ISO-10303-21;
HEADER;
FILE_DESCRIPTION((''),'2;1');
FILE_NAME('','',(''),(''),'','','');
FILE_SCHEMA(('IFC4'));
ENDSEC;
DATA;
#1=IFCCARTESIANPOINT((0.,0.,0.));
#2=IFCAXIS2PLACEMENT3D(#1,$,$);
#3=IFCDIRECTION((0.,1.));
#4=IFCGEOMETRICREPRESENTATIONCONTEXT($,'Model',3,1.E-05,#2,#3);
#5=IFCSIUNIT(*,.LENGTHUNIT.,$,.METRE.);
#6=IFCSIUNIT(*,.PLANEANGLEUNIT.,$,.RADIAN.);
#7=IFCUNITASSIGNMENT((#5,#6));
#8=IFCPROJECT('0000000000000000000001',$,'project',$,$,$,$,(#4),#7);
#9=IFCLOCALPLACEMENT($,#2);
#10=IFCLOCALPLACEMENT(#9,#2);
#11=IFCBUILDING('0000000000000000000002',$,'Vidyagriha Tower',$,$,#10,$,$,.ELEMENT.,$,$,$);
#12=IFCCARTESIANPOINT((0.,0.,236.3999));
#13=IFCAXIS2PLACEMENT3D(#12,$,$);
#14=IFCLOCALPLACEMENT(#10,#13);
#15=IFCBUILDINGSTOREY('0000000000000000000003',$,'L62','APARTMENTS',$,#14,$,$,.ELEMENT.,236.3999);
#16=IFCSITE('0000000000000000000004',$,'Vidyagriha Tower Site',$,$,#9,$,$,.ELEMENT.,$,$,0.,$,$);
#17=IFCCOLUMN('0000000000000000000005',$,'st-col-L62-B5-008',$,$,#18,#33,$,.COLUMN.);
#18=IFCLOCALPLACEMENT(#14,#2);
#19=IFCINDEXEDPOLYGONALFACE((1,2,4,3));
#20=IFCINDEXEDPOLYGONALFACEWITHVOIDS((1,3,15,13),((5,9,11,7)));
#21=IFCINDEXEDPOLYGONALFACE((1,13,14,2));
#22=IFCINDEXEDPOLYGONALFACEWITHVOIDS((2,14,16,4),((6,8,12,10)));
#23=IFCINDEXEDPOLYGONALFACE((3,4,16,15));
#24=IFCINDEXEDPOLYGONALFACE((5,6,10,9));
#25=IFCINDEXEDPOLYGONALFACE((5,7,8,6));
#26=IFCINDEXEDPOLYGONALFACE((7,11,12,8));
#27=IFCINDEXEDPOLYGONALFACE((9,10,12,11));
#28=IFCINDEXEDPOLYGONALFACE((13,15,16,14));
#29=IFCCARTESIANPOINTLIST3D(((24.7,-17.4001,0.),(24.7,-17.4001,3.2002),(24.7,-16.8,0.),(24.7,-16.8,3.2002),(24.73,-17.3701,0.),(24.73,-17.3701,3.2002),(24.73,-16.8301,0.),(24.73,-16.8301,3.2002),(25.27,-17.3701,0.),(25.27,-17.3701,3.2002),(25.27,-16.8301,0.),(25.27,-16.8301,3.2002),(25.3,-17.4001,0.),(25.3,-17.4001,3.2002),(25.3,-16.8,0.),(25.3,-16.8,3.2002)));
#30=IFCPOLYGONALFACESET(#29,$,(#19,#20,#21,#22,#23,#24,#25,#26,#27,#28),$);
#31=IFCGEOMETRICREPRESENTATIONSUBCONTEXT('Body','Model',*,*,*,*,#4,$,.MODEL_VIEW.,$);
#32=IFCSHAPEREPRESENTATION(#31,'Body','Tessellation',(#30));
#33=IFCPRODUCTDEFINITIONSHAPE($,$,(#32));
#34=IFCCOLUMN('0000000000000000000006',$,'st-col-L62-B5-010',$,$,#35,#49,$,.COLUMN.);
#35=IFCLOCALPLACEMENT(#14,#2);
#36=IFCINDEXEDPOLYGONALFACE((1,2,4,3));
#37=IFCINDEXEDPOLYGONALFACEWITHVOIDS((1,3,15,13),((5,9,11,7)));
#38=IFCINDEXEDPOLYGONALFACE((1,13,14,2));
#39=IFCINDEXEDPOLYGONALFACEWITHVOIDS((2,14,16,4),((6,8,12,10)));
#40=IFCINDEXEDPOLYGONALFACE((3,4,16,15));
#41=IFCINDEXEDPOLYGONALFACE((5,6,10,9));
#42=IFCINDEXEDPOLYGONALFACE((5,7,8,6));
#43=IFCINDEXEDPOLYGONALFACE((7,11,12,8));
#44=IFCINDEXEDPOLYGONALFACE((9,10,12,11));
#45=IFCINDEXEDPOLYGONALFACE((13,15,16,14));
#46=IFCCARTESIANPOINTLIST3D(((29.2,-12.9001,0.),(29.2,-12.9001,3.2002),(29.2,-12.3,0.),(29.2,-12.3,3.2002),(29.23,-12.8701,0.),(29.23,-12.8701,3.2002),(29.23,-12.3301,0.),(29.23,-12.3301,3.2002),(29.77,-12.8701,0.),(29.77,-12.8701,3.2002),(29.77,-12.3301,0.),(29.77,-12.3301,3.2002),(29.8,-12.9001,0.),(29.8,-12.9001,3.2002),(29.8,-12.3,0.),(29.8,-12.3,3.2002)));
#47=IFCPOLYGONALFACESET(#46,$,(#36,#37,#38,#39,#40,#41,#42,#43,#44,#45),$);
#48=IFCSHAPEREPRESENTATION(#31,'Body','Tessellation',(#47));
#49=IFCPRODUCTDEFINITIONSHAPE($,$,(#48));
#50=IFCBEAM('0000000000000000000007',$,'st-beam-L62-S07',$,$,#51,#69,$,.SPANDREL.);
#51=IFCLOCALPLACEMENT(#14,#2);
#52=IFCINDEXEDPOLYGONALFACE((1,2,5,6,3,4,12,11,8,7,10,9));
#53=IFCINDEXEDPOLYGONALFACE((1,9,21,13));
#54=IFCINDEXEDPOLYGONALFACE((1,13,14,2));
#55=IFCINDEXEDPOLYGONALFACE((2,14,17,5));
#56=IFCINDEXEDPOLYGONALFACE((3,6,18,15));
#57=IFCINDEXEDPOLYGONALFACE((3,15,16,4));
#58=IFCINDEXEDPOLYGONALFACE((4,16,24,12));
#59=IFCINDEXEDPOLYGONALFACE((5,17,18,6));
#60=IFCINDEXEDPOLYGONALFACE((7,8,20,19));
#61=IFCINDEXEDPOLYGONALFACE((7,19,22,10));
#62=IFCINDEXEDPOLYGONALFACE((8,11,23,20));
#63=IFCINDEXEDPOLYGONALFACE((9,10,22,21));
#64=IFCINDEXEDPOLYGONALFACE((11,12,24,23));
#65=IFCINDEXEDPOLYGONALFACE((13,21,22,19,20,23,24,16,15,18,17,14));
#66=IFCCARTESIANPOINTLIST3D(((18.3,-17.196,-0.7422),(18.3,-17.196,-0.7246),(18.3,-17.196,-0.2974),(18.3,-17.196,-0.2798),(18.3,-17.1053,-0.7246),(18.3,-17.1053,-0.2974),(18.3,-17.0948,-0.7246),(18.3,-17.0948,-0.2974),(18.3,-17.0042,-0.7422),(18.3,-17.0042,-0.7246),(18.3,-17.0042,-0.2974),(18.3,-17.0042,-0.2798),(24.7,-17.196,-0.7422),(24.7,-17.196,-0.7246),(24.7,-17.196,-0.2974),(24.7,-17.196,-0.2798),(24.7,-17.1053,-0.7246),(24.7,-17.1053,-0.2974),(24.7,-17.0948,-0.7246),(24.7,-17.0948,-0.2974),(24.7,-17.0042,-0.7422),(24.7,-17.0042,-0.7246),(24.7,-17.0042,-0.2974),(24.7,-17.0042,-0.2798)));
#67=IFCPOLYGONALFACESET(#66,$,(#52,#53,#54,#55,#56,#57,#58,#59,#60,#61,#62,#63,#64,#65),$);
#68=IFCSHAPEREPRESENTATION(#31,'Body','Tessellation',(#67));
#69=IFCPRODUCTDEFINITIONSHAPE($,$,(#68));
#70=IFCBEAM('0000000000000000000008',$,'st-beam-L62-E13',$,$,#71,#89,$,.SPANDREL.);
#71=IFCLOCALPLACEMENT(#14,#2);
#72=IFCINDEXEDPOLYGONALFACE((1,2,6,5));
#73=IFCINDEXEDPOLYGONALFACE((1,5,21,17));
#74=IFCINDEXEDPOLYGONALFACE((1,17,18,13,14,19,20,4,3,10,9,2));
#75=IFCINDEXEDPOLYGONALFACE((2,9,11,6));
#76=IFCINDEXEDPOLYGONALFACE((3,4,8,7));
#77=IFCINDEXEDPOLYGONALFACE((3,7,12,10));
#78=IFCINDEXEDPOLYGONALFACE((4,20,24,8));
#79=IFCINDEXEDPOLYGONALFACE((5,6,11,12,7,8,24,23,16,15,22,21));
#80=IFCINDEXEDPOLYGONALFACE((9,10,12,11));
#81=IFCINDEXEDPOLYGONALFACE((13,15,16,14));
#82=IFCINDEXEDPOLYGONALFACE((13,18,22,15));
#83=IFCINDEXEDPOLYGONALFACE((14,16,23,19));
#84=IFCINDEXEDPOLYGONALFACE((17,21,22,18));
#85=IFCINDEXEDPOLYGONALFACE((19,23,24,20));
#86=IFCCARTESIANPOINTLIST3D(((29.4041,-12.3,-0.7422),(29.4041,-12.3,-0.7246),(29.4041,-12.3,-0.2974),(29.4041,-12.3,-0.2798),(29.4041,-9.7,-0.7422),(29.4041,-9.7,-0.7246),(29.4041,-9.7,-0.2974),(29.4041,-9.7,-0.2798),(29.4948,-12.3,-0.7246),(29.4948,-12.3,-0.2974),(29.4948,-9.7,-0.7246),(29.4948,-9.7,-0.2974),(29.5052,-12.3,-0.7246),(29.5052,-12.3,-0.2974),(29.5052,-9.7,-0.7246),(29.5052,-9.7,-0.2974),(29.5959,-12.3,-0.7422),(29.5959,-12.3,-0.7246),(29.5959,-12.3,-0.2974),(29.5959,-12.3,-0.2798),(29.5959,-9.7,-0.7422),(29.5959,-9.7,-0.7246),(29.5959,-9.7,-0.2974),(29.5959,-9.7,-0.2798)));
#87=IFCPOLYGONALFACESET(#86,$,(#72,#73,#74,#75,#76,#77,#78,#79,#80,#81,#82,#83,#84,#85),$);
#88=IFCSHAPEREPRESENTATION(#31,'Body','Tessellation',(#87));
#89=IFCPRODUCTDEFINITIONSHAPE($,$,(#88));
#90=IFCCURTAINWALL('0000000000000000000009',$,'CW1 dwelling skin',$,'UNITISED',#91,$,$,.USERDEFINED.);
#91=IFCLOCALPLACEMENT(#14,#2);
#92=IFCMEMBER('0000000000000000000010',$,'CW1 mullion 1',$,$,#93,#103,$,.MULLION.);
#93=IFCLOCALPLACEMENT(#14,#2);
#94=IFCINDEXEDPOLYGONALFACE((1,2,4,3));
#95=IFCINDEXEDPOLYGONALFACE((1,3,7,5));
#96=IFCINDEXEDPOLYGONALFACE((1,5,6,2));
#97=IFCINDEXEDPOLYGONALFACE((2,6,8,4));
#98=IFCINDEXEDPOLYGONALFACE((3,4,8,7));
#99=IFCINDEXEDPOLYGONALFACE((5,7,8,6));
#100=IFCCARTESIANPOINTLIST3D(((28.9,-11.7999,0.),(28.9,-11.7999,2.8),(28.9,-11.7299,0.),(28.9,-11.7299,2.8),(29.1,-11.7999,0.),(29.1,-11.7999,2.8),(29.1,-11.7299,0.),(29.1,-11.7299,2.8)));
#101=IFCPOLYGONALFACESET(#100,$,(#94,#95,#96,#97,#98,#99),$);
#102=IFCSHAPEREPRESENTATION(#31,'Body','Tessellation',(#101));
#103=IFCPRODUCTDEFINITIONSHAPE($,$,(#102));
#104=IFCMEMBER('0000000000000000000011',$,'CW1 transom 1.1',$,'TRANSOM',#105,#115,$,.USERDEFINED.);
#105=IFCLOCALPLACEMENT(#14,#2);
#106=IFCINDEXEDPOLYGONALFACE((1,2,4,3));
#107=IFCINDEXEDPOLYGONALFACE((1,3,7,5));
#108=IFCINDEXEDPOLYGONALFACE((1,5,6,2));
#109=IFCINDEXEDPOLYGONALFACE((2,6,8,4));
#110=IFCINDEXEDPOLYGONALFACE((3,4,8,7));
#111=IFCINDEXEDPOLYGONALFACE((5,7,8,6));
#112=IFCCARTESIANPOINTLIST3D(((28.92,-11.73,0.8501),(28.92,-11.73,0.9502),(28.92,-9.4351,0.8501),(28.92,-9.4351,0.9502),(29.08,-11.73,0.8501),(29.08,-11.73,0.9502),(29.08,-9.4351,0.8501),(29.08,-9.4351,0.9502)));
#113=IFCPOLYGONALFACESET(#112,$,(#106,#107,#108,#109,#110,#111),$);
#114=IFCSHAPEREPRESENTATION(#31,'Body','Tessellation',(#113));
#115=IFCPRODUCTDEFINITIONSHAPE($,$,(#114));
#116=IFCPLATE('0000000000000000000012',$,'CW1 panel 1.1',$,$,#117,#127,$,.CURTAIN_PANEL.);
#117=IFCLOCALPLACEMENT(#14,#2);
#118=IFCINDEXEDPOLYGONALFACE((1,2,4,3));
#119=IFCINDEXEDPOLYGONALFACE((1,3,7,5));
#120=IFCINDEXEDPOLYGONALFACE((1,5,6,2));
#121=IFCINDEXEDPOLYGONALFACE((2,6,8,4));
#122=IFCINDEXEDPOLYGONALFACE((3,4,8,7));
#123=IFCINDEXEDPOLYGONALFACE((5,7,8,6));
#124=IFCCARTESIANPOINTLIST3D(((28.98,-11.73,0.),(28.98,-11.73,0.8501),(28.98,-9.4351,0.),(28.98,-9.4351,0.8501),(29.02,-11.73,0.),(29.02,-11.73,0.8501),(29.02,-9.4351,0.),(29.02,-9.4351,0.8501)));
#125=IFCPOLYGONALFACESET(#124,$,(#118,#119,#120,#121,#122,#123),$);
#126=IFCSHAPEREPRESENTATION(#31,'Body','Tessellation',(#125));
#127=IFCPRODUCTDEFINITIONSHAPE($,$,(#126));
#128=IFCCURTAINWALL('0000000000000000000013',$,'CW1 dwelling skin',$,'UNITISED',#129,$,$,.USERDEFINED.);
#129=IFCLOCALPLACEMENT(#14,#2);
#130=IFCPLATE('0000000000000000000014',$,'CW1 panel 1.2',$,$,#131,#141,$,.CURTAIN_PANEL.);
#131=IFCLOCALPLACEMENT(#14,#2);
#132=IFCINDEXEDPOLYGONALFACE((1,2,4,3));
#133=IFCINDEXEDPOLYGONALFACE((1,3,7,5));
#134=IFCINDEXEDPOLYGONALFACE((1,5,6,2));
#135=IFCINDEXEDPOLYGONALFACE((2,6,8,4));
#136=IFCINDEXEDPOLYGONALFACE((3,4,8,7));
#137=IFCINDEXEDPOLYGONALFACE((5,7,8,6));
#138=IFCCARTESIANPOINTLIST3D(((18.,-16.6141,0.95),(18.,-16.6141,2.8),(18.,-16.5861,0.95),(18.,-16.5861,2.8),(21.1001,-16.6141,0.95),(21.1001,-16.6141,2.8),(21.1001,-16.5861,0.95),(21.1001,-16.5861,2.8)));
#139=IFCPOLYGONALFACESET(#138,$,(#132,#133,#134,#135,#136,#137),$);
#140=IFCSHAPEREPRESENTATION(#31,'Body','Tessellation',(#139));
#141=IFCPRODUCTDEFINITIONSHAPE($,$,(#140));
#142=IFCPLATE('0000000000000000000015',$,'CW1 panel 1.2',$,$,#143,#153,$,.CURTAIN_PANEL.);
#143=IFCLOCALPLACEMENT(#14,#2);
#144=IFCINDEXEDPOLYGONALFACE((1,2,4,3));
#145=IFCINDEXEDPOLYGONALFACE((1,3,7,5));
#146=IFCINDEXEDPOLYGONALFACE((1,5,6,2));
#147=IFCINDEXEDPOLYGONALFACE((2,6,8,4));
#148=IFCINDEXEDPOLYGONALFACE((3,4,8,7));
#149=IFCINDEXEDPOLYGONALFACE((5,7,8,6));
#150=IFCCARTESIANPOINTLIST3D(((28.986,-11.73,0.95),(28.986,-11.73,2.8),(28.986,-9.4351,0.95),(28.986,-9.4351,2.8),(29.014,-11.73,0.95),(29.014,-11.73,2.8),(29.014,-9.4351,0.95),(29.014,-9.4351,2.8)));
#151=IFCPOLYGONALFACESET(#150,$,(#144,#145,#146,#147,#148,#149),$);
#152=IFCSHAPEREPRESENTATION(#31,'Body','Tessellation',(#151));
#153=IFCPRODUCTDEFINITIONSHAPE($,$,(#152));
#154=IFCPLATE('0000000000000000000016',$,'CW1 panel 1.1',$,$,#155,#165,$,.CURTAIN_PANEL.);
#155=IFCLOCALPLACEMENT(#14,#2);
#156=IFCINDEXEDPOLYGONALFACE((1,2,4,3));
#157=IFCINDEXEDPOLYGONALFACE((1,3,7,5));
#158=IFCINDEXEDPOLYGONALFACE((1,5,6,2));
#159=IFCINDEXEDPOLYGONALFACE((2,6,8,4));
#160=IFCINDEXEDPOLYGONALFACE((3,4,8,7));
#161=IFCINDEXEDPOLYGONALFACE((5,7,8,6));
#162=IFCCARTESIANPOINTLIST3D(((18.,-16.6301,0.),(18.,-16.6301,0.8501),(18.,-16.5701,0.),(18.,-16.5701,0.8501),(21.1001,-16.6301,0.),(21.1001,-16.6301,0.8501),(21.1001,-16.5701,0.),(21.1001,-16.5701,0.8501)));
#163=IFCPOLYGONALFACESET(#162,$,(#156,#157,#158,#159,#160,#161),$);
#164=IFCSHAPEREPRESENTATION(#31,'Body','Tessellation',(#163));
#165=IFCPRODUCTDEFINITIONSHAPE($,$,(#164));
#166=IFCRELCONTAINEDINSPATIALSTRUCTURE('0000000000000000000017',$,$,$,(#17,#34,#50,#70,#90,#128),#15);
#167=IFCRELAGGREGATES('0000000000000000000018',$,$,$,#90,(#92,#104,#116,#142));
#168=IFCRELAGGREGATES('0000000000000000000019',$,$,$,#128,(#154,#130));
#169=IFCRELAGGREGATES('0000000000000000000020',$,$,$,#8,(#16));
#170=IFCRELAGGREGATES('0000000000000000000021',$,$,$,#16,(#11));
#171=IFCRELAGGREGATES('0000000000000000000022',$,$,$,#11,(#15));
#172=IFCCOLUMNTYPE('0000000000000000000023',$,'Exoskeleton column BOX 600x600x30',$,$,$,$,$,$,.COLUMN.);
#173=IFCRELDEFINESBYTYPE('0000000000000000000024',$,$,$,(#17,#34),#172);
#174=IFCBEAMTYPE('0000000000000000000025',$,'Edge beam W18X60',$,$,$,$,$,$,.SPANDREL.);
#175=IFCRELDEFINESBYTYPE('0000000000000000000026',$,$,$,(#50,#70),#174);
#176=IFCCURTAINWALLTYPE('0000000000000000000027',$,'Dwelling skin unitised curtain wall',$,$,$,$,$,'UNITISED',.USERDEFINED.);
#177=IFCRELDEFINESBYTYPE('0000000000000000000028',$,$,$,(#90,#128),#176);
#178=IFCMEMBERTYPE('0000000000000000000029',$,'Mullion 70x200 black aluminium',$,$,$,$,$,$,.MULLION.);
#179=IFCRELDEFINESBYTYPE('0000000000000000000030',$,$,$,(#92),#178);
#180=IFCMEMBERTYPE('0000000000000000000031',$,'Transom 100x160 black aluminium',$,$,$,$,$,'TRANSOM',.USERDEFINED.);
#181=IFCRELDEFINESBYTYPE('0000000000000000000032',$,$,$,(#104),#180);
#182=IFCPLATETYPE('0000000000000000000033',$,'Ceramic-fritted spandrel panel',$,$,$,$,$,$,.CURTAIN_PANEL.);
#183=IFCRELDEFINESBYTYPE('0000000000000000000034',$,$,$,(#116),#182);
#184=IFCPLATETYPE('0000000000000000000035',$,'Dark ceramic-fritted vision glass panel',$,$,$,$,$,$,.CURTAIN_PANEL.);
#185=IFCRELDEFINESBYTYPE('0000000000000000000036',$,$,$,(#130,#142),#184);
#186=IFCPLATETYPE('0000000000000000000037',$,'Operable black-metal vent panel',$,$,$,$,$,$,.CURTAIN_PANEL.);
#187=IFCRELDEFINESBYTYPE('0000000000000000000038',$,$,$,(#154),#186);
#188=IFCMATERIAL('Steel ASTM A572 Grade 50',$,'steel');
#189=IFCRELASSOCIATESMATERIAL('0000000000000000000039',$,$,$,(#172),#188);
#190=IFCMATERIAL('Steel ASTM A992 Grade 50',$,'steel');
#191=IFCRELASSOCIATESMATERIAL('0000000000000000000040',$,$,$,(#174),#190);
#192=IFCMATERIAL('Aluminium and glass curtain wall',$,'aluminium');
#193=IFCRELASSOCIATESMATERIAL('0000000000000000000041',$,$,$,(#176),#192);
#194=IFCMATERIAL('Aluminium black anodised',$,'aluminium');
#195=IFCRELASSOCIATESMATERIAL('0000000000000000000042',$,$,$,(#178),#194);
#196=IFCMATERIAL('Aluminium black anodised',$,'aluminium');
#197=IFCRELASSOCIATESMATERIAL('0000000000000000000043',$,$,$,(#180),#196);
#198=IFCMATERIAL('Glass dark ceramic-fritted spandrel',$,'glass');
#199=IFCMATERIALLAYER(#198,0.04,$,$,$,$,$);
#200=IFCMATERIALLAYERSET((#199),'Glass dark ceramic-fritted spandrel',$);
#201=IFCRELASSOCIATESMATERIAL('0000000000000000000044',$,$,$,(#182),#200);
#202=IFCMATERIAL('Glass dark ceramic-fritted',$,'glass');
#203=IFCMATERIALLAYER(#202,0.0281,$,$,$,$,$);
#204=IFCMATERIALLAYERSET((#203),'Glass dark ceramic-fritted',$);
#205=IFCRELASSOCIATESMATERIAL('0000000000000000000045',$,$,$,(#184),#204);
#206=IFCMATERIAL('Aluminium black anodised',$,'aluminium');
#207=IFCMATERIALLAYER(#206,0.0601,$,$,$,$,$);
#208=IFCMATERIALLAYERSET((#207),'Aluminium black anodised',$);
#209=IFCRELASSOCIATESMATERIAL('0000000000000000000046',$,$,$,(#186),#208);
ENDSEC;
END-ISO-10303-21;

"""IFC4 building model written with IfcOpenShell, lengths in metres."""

from ifc_helpers import new_model, si_unit, direction, frame, origin, origin_2d, place, context, subcontext, project, spatial, rectangle, hollow_rectangle, i_section, extrude, material, layer, layer_set, material_profile, profile_set, type_object, element, aggregate, save


model = new_model("IFC4")

# Units and contexts
model_context = context("Model", 3, precision=1e-05, world=origin(), true_north=direction((0.0, 1.0)))
body_context = subcontext(model_context, "Body", "Model", "MODEL_VIEW")
ifc_project = project(units=[si_unit("LENGTHUNIT", "METRE"), si_unit("PLANEANGLEUNIT", "RADIAN")], contexts=[model_context])

# Site, building, storey
site_placement = place(None, origin())
site = spatial("IfcSite", under=ifc_project, at=site_placement, Name="Vidyagriha Tower Site", CompositionType="ELEMENT", RefElevation=0.0)
building_placement = place(site_placement, origin())
building = spatial("IfcBuilding", under=site, at=building_placement, Name="Vidyagriha Tower", CompositionType="ELEMENT")
storey_placement = place(building_placement, frame((0.0, 0.0, 236.3999)))
storey = spatial("IfcBuildingStorey", under=building, at=storey_placement, Name="L62", Description="APARTMENTS", CompositionType="ELEMENT", Elevation=236.3999)

# Columns
ifc_material_1 = material(Name="Steel ASTM A572 Grade 50", Category="steel")
ifc_material_profile_1 = material_profile(ifc_material_1, hollow_rectangle(XDim=0.6001, YDim=0.6001, WallThickness=0.03, at=origin_2d()), Name="BOX 600x600x30")
ifc_profile_set_1 = profile_set([ifc_material_profile_1], Name="Steel ASTM A572 Grade 50")
column_type = type_object("IfcColumnType", Name="Exoskeleton column BOX 600x600x30", PredefinedType="COLUMN", material=ifc_profile_set_1)
for number, where, name in (
    (1, (25.0, -17.1001, 0.0), "st-col-L62-B5-008"),
    (2, (29.5, -12.6001, 0.0), "st-col-L62-B5-010"),
):
    element("IfcColumn", number, at=place(storey_placement, frame(where)), inside=storey, type_object=column_type, Name=name, PredefinedType="COLUMN", context=body_context, shape_type="SweptSolid", body=[
        extrude(hollow_rectangle(XDim=0.6001, YDim=0.6001, WallThickness=0.03, at=origin_2d()), origin(), (0.0, 0.0, 1.0), 3.2002),
    ])

# Beams
ifc_material_2 = material(Name="Steel ASTM A992 Grade 50", Category="steel")
ifc_material_profile_2 = material_profile(ifc_material_2, i_section(OverallWidth=0.1919, OverallDepth=0.4624, WebThickness=0.0105, FlangeThickness=0.0176, at=origin_2d()), Name="W18X60")
ifc_profile_set_2 = profile_set([ifc_material_profile_2], Name="Steel ASTM A992 Grade 50")
beam_type = type_object("IfcBeamType", Name="Edge beam W18X60", PredefinedType="SPANDREL", material=ifc_profile_set_2)
beam_1_placement = place(storey_placement, frame((18.3, -17.1001, -0.511), z_axis=(1.0, 0.0, 0.0), x_axis=(0.0, 1.0, 0.0)))
element("IfcBeam", 3, at=beam_1_placement, inside=storey, type_object=beam_type, Name="st-beam-L62-S07", PredefinedType="SPANDREL", context=body_context, shape_type="SweptSolid", body=[
    extrude(i_section(OverallWidth=0.1919, OverallDepth=0.4624, WebThickness=0.0105, FlangeThickness=0.0176, at=origin_2d()), origin(), (0.0, 0.0, 1.0), 6.3999),
])
beam_2_placement = place(storey_placement, frame((29.5, -12.3, -0.511), z_axis=(0.0, 1.0, 0.0), x_axis=(-1.0, 0.0, 0.0)))
element("IfcBeam", 4, at=beam_2_placement, inside=storey, type_object=beam_type, Name="st-beam-L62-E13", PredefinedType="SPANDREL", context=body_context, shape_type="SweptSolid", body=[
    extrude(i_section(OverallWidth=0.1919, OverallDepth=0.4624, WebThickness=0.0105, FlangeThickness=0.0176, at=origin_2d()), origin(), (0.0, 0.0, 1.0), 2.6001),
])

# Curtain wall, members, plate
ifc_material_3 = material(Name="Aluminium and glass curtain wall", Category="aluminium")
curtain_wall_type = type_object("IfcCurtainWallType", Name="Dwelling skin unitised curtain wall", ElementType="UNITISED", PredefinedType="USERDEFINED", material=ifc_material_3)
curtain_wall_1_placement = place(storey_placement, origin())
curtain_wall_1 = element("IfcCurtainWall", 5, at=curtain_wall_1_placement, inside=storey, type_object=curtain_wall_type, Name="CW1 dwelling skin", ObjectType="UNITISED", PredefinedType="USERDEFINED")
ifc_material_4 = material(Name="Aluminium black anodised", Category="aluminium")
ifc_material_profile_3 = material_profile(ifc_material_4, rectangle(XDim=0.2, YDim=0.0701, at=origin_2d()), Name="Mullion 70x200 black aluminium")
ifc_profile_set_3 = profile_set([ifc_material_profile_3], Name="Aluminium black anodised")
member_type_1 = type_object("IfcMemberType", Name="Mullion 70x200 black aluminium", PredefinedType="MULLION", material=ifc_profile_set_3)
member_1_placement = place(storey_placement, frame((29.0, -11.7649, 0.0), z_axis=(0.0, 0.0, 1.0), x_axis=(-1.0, 0.0, 0.0)))
member_1 = element("IfcMember", 6, at=member_1_placement, type_object=member_type_1, Name="CW1 mullion 1", PredefinedType="MULLION", context=body_context, shape_type="SweptSolid", body=[
    extrude(rectangle(XDim=0.2, YDim=0.0701, at=origin_2d()), origin(), (0.0, 0.0, 1.0), 2.8),
])
ifc_material_5 = material(Name="Aluminium black anodised", Category="aluminium")
ifc_material_profile_4 = material_profile(ifc_material_5, rectangle(XDim=0.1599, YDim=0.1001, at=origin_2d()), Name="Transom 100x160 black aluminium")
ifc_profile_set_4 = profile_set([ifc_material_profile_4], Name="Aluminium black anodised")
member_type_2 = type_object("IfcMemberType", Name="Transom 100x160 black aluminium", ElementType="TRANSOM", PredefinedType="USERDEFINED", material=ifc_profile_set_4)
member_2_placement = place(storey_placement, frame((29.0, -11.73, 0.9001), z_axis=(0.0, 1.0, 0.0), x_axis=(-1.0, 0.0, 0.0)))
member_2 = element("IfcMember", 7, at=member_2_placement, type_object=member_type_2, Name="CW1 transom 1.1", ObjectType="TRANSOM", PredefinedType="USERDEFINED", context=body_context, shape_type="SweptSolid", body=[
    extrude(rectangle(XDim=0.1599, YDim=0.1001, at=origin_2d()), origin(), (0.0, 0.0, 1.0), 2.2949),
])
ifc_material_6 = material(Name="Glass dark ceramic-fritted spandrel", Category="glass")
ifc_layer_1 = layer(ifc_material_6, 0.04)
ifc_layer_set_1 = layer_set([ifc_layer_1], Name="Glass dark ceramic-fritted spandrel")
plate_type_1 = type_object("IfcPlateType", Name="Ceramic-fritted spandrel panel", PredefinedType="CURTAIN_PANEL", material=ifc_layer_set_1)
plate_1_placement = place(storey_placement, frame((29.0, -10.5825, 0.0), z_axis=(0.0, 0.0, 1.0), x_axis=(0.0, 1.0, 0.0)))
plate_1 = element("IfcPlate", 8, at=plate_1_placement, type_object=plate_type_1, Name="CW1 panel 1.1", PredefinedType="CURTAIN_PANEL", context=body_context, shape_type="SweptSolid", body=[
    extrude(rectangle(XDim=2.2949, YDim=0.04, at=origin_2d()), origin(), (0.0, 0.0, 1.0), 0.8501),
])

# Curtain wall, plate
curtain_wall_2_placement = place(storey_placement, origin())
curtain_wall_2 = element("IfcCurtainWall", 9, at=curtain_wall_2_placement, inside=storey, type_object=curtain_wall_type, Name="CW1 dwelling skin", ObjectType="UNITISED", PredefinedType="USERDEFINED")
ifc_material_7 = material(Name="Glass dark ceramic-fritted", Category="glass")
ifc_layer_2 = layer(ifc_material_7, 0.0281)
ifc_layer_set_2 = layer_set([ifc_layer_2], Name="Glass dark ceramic-fritted")
plate_type_2 = type_object("IfcPlateType", Name="Dark ceramic-fritted vision glass panel", PredefinedType="CURTAIN_PANEL", material=ifc_layer_set_2)
plate_2_placement = place(storey_placement, frame((19.55, -16.6001, 0.95)))
plate_2 = element("IfcPlate", 10, at=plate_2_placement, type_object=plate_type_2, Name="CW1 panel 1.2", PredefinedType="CURTAIN_PANEL", context=body_context, shape_type="SweptSolid", body=[
    extrude(rectangle(XDim=3.1001, YDim=0.0281, at=origin_2d()), origin(), (0.0, 0.0, 1.0), 1.8501),
])

# Plates
plate_3_placement = place(storey_placement, frame((29.0, -10.5825, 0.95), z_axis=(0.0, 0.0, 1.0), x_axis=(0.0, 1.0, 0.0)))
plate_3 = element("IfcPlate", 11, at=plate_3_placement, type_object=plate_type_2, Name="CW1 panel 1.2", PredefinedType="CURTAIN_PANEL", context=body_context, shape_type="SweptSolid", body=[
    extrude(rectangle(XDim=2.2949, YDim=0.0281, at=origin_2d()), origin(), (0.0, 0.0, 1.0), 1.8501),
])
aggregate(curtain_wall_1, [member_1, member_2, plate_1, plate_3])
ifc_material_8 = material(Name="Aluminium black anodised", Category="aluminium")
ifc_layer_3 = layer(ifc_material_8, 0.0601)
ifc_layer_set_3 = layer_set([ifc_layer_3], Name="Aluminium black anodised")
plate_type_3 = type_object("IfcPlateType", Name="Operable black-metal vent panel", PredefinedType="CURTAIN_PANEL", material=ifc_layer_set_3)
plate_4_placement = place(storey_placement, frame((19.55, -16.6001, 0.0)))
plate_4 = element("IfcPlate", 12, at=plate_4_placement, type_object=plate_type_3, Name="CW1 panel 1.1", PredefinedType="CURTAIN_PANEL", context=body_context, shape_type="SweptSolid", body=[
    extrude(rectangle(XDim=3.1001, YDim=0.0601, at=origin_2d()), origin(), (0.0, 0.0, 1.0), 0.8501),
])
aggregate(curtain_wall_2, [plate_4, plate_2])

save(model, "model.ifc")
